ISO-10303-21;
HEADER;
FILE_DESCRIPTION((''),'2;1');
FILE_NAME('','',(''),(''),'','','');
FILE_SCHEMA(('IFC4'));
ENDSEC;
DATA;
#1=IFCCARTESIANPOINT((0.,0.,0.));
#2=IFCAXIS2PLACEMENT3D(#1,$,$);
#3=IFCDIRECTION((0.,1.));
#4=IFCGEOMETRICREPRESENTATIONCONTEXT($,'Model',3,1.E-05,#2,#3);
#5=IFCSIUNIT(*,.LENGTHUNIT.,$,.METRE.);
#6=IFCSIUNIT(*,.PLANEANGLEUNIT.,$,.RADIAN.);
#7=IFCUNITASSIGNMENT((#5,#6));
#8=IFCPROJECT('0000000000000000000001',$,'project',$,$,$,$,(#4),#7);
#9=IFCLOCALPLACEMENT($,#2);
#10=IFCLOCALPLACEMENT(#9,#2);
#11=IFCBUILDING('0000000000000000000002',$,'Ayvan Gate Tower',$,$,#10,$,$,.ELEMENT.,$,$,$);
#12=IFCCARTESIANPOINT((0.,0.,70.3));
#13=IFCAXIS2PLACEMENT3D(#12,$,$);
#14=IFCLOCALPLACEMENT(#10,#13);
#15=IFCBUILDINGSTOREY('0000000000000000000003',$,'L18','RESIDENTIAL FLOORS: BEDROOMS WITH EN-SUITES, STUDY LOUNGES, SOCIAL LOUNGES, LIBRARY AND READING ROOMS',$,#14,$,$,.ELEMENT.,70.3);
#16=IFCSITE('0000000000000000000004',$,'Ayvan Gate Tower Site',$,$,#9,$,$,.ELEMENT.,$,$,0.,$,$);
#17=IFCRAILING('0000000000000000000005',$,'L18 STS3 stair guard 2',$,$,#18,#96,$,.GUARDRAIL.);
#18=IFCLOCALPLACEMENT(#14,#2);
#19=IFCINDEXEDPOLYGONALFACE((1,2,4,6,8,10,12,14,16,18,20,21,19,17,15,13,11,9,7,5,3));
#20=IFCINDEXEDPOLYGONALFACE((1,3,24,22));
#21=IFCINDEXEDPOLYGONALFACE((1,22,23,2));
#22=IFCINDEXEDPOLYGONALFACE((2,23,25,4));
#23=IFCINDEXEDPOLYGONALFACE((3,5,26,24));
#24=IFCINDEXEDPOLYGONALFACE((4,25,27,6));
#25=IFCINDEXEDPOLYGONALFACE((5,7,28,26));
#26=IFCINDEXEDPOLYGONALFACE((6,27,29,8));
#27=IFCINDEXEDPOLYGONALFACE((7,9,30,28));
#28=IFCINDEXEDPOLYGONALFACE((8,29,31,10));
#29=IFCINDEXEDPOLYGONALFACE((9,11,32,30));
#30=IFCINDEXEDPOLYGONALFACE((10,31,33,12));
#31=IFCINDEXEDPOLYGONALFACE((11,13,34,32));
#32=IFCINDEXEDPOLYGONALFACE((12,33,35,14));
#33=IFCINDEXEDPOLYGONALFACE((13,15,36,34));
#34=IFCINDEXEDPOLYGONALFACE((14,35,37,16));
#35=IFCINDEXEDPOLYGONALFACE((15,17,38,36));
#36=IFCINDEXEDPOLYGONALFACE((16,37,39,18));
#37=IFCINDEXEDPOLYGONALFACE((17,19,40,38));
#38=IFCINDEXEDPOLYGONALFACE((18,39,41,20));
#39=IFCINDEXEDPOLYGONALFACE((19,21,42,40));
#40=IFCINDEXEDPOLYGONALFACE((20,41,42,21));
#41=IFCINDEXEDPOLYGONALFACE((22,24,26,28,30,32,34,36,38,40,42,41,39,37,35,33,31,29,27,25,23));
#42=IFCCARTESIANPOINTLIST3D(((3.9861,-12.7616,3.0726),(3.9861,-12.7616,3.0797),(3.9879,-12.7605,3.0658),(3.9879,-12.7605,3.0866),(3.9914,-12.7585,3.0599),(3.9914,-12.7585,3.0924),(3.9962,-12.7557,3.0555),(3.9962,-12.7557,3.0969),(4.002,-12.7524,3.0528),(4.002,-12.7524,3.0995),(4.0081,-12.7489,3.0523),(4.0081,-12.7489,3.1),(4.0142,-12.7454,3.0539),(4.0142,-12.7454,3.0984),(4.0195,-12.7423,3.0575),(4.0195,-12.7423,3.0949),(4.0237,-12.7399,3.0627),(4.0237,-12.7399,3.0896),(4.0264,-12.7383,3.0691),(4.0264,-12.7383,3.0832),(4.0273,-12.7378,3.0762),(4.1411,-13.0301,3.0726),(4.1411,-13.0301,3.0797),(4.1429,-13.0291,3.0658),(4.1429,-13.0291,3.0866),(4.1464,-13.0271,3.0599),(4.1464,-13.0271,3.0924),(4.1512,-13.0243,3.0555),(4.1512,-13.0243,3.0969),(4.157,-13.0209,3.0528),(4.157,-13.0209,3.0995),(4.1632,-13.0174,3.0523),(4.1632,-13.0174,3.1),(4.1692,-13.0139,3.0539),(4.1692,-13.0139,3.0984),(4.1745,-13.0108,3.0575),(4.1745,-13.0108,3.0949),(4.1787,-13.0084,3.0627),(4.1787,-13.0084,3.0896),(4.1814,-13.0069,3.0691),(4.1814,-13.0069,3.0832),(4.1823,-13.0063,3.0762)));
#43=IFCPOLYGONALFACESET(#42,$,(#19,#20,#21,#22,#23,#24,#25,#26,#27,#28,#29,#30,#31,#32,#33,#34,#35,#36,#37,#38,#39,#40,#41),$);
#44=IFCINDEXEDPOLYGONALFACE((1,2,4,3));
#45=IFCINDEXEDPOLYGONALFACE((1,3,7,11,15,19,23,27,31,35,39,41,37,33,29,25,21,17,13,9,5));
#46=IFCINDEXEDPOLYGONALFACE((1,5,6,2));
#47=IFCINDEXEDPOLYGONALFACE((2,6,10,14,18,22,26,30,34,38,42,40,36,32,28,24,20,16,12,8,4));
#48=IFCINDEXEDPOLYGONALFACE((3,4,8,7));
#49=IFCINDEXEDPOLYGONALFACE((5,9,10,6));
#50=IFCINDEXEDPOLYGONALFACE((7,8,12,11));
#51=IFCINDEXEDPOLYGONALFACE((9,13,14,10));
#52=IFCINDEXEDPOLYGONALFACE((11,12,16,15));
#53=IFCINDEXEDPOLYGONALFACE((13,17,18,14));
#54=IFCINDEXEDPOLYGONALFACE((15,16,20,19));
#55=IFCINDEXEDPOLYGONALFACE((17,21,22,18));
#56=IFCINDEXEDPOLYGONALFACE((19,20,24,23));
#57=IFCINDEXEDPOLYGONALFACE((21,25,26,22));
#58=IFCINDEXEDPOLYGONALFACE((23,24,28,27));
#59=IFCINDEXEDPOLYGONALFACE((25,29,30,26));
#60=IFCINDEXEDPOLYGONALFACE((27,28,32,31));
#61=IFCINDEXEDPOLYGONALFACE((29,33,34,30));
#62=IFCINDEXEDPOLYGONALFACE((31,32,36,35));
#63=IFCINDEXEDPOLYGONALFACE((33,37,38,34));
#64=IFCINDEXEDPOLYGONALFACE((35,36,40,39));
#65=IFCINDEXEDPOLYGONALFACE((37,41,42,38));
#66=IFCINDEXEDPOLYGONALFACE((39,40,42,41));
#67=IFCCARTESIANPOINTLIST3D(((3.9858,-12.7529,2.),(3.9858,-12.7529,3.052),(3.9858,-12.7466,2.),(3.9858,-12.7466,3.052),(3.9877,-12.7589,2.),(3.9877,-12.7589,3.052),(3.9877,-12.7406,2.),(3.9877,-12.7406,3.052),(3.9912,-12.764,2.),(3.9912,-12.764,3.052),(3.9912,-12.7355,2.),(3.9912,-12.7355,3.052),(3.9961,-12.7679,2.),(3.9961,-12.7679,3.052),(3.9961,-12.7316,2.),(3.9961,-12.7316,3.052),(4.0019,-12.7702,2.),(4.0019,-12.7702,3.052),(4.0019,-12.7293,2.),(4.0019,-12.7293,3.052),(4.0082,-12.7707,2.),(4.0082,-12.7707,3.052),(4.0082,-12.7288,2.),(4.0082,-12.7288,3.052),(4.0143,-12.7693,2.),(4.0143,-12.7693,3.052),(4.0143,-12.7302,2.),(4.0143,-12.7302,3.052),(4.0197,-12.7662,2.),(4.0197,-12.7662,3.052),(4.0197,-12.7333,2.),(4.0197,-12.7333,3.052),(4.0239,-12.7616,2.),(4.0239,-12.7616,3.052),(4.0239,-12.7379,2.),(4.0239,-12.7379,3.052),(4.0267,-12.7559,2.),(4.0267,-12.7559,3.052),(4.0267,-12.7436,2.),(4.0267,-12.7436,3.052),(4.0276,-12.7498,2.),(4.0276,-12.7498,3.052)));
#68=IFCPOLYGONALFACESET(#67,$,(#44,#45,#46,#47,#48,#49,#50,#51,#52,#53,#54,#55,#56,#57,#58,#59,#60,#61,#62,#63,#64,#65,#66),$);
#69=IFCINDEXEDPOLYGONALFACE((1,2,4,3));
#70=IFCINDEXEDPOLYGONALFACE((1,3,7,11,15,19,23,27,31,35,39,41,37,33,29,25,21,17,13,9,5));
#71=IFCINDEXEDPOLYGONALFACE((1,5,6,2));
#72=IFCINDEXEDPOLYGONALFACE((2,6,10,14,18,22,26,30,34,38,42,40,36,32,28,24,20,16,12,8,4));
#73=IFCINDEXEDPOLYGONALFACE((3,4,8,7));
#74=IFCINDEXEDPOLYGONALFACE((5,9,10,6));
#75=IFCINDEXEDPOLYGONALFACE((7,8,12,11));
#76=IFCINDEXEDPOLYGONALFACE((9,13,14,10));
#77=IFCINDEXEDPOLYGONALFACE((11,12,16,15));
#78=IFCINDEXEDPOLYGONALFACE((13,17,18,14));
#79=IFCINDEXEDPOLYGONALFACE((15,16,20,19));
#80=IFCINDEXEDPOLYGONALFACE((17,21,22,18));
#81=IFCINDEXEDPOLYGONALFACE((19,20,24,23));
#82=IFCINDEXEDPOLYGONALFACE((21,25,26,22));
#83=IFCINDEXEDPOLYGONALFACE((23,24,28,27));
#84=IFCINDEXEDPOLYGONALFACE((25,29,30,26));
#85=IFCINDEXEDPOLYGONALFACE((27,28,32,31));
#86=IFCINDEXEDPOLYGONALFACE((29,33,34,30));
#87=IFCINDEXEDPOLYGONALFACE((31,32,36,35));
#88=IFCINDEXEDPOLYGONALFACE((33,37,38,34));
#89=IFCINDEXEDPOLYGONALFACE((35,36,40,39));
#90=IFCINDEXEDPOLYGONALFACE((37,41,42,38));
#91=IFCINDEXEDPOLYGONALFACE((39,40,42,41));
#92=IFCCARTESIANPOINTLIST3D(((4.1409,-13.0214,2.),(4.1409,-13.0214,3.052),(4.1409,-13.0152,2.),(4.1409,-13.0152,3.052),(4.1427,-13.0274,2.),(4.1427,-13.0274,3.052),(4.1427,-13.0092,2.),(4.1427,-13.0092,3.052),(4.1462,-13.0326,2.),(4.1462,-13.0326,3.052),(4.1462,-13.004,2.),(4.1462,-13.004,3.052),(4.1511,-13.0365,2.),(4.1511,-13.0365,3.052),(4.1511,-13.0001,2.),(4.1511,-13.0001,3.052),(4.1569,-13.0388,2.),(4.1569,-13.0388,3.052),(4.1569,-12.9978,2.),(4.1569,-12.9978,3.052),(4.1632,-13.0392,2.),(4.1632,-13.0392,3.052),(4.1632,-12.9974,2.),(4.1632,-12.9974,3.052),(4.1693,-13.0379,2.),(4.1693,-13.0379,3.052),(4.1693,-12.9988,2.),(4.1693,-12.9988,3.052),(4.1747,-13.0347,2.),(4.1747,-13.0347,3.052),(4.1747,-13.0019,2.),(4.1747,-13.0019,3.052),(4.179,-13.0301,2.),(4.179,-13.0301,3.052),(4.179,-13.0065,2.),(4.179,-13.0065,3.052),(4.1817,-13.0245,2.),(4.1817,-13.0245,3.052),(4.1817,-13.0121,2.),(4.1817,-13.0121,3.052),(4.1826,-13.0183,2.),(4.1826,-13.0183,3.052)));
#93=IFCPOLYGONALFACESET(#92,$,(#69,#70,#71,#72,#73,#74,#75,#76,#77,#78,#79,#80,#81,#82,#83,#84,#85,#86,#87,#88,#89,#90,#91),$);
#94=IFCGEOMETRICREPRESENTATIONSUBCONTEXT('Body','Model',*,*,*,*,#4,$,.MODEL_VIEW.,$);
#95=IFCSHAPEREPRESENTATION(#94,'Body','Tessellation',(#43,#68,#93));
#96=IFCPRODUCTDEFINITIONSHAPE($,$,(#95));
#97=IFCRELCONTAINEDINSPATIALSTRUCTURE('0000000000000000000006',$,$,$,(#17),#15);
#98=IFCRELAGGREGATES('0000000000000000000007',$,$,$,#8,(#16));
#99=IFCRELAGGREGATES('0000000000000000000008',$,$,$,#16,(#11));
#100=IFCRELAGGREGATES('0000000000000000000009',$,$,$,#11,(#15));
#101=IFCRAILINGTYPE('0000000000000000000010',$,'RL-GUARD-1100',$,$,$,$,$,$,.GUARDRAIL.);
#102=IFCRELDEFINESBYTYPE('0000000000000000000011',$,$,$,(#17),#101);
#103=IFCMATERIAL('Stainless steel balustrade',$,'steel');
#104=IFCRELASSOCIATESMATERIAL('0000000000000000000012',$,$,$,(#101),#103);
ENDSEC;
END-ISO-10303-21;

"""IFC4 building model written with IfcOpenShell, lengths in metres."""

from ifc_helpers import new_model, si_unit, direction, frame, origin, origin_2d, place, context, subcontext, project, spatial, circle, extrude, material, type_object, element, save


model = new_model("IFC4")

# Units and contexts
model_context = context("Model", 3, precision=1e-05, world=origin(), true_north=direction((0.0, 1.0)))
body_context = subcontext(model_context, "Body", "Model", "MODEL_VIEW")
ifc_project = project(units=[si_unit("LENGTHUNIT", "METRE"), si_unit("PLANEANGLEUNIT", "RADIAN")], contexts=[model_context])

# Site, building, storey
site_placement = place(None, origin())
site = spatial("IfcSite", under=ifc_project, at=site_placement, Name="Ayvan Gate Tower Site", CompositionType="ELEMENT", RefElevation=0.0)
building_placement = place(site_placement, origin())
building = spatial("IfcBuilding", under=site, at=building_placement, Name="Ayvan Gate Tower", CompositionType="ELEMENT")
storey_placement = place(building_placement, frame((0.0, 0.0, 70.3)))
storey = spatial("IfcBuildingStorey", under=building, at=storey_placement, Name="L18", Description="RESIDENTIAL FLOORS: BEDROOMS WITH EN-SUITES, STUDY LOUNGES, SOCIAL LOUNGES, LIBRARY AND READING ROOMS", CompositionType="ELEMENT", Elevation=70.3)

# Railing
ifc_material_1 = material(Name="Stainless steel balustrade", Category="steel")
railing_type_1 = type_object("IfcRailingType", Name="RL-GUARD-1100", PredefinedType="GUARDRAIL", material=ifc_material_1)
railing_1_placement = place(storey_placement, frame((4.0066, -12.7498, 2.0)))
element("IfcRailing", 1, at=railing_1_placement, inside=storey, type_object=railing_type_1, Name="L18 STS3 stair guard 2", PredefinedType="GUARDRAIL", context=body_context, shape_type="SweptSolid", body=[
    extrude(circle(Radius=0.0239, at=origin_2d()), frame((0.0, 0.0, 1.0762), z_axis=(0.49995, -0.866054, 0.0), x_axis=(0.866054, 0.49995, 0.0)), (0.0, 0.0, 1.0), 0.3101),
    extrude(circle(Radius=0.021, at=origin_2d()), origin(), (0.0, 0.0, 1.0), 1.052),
    extrude(circle(Radius=0.021, at=origin_2d()), frame((0.155, -0.2686, 0.0)), (0.0, 0.0, 1.0), 1.052),
])

save(model, "model.ifc")
